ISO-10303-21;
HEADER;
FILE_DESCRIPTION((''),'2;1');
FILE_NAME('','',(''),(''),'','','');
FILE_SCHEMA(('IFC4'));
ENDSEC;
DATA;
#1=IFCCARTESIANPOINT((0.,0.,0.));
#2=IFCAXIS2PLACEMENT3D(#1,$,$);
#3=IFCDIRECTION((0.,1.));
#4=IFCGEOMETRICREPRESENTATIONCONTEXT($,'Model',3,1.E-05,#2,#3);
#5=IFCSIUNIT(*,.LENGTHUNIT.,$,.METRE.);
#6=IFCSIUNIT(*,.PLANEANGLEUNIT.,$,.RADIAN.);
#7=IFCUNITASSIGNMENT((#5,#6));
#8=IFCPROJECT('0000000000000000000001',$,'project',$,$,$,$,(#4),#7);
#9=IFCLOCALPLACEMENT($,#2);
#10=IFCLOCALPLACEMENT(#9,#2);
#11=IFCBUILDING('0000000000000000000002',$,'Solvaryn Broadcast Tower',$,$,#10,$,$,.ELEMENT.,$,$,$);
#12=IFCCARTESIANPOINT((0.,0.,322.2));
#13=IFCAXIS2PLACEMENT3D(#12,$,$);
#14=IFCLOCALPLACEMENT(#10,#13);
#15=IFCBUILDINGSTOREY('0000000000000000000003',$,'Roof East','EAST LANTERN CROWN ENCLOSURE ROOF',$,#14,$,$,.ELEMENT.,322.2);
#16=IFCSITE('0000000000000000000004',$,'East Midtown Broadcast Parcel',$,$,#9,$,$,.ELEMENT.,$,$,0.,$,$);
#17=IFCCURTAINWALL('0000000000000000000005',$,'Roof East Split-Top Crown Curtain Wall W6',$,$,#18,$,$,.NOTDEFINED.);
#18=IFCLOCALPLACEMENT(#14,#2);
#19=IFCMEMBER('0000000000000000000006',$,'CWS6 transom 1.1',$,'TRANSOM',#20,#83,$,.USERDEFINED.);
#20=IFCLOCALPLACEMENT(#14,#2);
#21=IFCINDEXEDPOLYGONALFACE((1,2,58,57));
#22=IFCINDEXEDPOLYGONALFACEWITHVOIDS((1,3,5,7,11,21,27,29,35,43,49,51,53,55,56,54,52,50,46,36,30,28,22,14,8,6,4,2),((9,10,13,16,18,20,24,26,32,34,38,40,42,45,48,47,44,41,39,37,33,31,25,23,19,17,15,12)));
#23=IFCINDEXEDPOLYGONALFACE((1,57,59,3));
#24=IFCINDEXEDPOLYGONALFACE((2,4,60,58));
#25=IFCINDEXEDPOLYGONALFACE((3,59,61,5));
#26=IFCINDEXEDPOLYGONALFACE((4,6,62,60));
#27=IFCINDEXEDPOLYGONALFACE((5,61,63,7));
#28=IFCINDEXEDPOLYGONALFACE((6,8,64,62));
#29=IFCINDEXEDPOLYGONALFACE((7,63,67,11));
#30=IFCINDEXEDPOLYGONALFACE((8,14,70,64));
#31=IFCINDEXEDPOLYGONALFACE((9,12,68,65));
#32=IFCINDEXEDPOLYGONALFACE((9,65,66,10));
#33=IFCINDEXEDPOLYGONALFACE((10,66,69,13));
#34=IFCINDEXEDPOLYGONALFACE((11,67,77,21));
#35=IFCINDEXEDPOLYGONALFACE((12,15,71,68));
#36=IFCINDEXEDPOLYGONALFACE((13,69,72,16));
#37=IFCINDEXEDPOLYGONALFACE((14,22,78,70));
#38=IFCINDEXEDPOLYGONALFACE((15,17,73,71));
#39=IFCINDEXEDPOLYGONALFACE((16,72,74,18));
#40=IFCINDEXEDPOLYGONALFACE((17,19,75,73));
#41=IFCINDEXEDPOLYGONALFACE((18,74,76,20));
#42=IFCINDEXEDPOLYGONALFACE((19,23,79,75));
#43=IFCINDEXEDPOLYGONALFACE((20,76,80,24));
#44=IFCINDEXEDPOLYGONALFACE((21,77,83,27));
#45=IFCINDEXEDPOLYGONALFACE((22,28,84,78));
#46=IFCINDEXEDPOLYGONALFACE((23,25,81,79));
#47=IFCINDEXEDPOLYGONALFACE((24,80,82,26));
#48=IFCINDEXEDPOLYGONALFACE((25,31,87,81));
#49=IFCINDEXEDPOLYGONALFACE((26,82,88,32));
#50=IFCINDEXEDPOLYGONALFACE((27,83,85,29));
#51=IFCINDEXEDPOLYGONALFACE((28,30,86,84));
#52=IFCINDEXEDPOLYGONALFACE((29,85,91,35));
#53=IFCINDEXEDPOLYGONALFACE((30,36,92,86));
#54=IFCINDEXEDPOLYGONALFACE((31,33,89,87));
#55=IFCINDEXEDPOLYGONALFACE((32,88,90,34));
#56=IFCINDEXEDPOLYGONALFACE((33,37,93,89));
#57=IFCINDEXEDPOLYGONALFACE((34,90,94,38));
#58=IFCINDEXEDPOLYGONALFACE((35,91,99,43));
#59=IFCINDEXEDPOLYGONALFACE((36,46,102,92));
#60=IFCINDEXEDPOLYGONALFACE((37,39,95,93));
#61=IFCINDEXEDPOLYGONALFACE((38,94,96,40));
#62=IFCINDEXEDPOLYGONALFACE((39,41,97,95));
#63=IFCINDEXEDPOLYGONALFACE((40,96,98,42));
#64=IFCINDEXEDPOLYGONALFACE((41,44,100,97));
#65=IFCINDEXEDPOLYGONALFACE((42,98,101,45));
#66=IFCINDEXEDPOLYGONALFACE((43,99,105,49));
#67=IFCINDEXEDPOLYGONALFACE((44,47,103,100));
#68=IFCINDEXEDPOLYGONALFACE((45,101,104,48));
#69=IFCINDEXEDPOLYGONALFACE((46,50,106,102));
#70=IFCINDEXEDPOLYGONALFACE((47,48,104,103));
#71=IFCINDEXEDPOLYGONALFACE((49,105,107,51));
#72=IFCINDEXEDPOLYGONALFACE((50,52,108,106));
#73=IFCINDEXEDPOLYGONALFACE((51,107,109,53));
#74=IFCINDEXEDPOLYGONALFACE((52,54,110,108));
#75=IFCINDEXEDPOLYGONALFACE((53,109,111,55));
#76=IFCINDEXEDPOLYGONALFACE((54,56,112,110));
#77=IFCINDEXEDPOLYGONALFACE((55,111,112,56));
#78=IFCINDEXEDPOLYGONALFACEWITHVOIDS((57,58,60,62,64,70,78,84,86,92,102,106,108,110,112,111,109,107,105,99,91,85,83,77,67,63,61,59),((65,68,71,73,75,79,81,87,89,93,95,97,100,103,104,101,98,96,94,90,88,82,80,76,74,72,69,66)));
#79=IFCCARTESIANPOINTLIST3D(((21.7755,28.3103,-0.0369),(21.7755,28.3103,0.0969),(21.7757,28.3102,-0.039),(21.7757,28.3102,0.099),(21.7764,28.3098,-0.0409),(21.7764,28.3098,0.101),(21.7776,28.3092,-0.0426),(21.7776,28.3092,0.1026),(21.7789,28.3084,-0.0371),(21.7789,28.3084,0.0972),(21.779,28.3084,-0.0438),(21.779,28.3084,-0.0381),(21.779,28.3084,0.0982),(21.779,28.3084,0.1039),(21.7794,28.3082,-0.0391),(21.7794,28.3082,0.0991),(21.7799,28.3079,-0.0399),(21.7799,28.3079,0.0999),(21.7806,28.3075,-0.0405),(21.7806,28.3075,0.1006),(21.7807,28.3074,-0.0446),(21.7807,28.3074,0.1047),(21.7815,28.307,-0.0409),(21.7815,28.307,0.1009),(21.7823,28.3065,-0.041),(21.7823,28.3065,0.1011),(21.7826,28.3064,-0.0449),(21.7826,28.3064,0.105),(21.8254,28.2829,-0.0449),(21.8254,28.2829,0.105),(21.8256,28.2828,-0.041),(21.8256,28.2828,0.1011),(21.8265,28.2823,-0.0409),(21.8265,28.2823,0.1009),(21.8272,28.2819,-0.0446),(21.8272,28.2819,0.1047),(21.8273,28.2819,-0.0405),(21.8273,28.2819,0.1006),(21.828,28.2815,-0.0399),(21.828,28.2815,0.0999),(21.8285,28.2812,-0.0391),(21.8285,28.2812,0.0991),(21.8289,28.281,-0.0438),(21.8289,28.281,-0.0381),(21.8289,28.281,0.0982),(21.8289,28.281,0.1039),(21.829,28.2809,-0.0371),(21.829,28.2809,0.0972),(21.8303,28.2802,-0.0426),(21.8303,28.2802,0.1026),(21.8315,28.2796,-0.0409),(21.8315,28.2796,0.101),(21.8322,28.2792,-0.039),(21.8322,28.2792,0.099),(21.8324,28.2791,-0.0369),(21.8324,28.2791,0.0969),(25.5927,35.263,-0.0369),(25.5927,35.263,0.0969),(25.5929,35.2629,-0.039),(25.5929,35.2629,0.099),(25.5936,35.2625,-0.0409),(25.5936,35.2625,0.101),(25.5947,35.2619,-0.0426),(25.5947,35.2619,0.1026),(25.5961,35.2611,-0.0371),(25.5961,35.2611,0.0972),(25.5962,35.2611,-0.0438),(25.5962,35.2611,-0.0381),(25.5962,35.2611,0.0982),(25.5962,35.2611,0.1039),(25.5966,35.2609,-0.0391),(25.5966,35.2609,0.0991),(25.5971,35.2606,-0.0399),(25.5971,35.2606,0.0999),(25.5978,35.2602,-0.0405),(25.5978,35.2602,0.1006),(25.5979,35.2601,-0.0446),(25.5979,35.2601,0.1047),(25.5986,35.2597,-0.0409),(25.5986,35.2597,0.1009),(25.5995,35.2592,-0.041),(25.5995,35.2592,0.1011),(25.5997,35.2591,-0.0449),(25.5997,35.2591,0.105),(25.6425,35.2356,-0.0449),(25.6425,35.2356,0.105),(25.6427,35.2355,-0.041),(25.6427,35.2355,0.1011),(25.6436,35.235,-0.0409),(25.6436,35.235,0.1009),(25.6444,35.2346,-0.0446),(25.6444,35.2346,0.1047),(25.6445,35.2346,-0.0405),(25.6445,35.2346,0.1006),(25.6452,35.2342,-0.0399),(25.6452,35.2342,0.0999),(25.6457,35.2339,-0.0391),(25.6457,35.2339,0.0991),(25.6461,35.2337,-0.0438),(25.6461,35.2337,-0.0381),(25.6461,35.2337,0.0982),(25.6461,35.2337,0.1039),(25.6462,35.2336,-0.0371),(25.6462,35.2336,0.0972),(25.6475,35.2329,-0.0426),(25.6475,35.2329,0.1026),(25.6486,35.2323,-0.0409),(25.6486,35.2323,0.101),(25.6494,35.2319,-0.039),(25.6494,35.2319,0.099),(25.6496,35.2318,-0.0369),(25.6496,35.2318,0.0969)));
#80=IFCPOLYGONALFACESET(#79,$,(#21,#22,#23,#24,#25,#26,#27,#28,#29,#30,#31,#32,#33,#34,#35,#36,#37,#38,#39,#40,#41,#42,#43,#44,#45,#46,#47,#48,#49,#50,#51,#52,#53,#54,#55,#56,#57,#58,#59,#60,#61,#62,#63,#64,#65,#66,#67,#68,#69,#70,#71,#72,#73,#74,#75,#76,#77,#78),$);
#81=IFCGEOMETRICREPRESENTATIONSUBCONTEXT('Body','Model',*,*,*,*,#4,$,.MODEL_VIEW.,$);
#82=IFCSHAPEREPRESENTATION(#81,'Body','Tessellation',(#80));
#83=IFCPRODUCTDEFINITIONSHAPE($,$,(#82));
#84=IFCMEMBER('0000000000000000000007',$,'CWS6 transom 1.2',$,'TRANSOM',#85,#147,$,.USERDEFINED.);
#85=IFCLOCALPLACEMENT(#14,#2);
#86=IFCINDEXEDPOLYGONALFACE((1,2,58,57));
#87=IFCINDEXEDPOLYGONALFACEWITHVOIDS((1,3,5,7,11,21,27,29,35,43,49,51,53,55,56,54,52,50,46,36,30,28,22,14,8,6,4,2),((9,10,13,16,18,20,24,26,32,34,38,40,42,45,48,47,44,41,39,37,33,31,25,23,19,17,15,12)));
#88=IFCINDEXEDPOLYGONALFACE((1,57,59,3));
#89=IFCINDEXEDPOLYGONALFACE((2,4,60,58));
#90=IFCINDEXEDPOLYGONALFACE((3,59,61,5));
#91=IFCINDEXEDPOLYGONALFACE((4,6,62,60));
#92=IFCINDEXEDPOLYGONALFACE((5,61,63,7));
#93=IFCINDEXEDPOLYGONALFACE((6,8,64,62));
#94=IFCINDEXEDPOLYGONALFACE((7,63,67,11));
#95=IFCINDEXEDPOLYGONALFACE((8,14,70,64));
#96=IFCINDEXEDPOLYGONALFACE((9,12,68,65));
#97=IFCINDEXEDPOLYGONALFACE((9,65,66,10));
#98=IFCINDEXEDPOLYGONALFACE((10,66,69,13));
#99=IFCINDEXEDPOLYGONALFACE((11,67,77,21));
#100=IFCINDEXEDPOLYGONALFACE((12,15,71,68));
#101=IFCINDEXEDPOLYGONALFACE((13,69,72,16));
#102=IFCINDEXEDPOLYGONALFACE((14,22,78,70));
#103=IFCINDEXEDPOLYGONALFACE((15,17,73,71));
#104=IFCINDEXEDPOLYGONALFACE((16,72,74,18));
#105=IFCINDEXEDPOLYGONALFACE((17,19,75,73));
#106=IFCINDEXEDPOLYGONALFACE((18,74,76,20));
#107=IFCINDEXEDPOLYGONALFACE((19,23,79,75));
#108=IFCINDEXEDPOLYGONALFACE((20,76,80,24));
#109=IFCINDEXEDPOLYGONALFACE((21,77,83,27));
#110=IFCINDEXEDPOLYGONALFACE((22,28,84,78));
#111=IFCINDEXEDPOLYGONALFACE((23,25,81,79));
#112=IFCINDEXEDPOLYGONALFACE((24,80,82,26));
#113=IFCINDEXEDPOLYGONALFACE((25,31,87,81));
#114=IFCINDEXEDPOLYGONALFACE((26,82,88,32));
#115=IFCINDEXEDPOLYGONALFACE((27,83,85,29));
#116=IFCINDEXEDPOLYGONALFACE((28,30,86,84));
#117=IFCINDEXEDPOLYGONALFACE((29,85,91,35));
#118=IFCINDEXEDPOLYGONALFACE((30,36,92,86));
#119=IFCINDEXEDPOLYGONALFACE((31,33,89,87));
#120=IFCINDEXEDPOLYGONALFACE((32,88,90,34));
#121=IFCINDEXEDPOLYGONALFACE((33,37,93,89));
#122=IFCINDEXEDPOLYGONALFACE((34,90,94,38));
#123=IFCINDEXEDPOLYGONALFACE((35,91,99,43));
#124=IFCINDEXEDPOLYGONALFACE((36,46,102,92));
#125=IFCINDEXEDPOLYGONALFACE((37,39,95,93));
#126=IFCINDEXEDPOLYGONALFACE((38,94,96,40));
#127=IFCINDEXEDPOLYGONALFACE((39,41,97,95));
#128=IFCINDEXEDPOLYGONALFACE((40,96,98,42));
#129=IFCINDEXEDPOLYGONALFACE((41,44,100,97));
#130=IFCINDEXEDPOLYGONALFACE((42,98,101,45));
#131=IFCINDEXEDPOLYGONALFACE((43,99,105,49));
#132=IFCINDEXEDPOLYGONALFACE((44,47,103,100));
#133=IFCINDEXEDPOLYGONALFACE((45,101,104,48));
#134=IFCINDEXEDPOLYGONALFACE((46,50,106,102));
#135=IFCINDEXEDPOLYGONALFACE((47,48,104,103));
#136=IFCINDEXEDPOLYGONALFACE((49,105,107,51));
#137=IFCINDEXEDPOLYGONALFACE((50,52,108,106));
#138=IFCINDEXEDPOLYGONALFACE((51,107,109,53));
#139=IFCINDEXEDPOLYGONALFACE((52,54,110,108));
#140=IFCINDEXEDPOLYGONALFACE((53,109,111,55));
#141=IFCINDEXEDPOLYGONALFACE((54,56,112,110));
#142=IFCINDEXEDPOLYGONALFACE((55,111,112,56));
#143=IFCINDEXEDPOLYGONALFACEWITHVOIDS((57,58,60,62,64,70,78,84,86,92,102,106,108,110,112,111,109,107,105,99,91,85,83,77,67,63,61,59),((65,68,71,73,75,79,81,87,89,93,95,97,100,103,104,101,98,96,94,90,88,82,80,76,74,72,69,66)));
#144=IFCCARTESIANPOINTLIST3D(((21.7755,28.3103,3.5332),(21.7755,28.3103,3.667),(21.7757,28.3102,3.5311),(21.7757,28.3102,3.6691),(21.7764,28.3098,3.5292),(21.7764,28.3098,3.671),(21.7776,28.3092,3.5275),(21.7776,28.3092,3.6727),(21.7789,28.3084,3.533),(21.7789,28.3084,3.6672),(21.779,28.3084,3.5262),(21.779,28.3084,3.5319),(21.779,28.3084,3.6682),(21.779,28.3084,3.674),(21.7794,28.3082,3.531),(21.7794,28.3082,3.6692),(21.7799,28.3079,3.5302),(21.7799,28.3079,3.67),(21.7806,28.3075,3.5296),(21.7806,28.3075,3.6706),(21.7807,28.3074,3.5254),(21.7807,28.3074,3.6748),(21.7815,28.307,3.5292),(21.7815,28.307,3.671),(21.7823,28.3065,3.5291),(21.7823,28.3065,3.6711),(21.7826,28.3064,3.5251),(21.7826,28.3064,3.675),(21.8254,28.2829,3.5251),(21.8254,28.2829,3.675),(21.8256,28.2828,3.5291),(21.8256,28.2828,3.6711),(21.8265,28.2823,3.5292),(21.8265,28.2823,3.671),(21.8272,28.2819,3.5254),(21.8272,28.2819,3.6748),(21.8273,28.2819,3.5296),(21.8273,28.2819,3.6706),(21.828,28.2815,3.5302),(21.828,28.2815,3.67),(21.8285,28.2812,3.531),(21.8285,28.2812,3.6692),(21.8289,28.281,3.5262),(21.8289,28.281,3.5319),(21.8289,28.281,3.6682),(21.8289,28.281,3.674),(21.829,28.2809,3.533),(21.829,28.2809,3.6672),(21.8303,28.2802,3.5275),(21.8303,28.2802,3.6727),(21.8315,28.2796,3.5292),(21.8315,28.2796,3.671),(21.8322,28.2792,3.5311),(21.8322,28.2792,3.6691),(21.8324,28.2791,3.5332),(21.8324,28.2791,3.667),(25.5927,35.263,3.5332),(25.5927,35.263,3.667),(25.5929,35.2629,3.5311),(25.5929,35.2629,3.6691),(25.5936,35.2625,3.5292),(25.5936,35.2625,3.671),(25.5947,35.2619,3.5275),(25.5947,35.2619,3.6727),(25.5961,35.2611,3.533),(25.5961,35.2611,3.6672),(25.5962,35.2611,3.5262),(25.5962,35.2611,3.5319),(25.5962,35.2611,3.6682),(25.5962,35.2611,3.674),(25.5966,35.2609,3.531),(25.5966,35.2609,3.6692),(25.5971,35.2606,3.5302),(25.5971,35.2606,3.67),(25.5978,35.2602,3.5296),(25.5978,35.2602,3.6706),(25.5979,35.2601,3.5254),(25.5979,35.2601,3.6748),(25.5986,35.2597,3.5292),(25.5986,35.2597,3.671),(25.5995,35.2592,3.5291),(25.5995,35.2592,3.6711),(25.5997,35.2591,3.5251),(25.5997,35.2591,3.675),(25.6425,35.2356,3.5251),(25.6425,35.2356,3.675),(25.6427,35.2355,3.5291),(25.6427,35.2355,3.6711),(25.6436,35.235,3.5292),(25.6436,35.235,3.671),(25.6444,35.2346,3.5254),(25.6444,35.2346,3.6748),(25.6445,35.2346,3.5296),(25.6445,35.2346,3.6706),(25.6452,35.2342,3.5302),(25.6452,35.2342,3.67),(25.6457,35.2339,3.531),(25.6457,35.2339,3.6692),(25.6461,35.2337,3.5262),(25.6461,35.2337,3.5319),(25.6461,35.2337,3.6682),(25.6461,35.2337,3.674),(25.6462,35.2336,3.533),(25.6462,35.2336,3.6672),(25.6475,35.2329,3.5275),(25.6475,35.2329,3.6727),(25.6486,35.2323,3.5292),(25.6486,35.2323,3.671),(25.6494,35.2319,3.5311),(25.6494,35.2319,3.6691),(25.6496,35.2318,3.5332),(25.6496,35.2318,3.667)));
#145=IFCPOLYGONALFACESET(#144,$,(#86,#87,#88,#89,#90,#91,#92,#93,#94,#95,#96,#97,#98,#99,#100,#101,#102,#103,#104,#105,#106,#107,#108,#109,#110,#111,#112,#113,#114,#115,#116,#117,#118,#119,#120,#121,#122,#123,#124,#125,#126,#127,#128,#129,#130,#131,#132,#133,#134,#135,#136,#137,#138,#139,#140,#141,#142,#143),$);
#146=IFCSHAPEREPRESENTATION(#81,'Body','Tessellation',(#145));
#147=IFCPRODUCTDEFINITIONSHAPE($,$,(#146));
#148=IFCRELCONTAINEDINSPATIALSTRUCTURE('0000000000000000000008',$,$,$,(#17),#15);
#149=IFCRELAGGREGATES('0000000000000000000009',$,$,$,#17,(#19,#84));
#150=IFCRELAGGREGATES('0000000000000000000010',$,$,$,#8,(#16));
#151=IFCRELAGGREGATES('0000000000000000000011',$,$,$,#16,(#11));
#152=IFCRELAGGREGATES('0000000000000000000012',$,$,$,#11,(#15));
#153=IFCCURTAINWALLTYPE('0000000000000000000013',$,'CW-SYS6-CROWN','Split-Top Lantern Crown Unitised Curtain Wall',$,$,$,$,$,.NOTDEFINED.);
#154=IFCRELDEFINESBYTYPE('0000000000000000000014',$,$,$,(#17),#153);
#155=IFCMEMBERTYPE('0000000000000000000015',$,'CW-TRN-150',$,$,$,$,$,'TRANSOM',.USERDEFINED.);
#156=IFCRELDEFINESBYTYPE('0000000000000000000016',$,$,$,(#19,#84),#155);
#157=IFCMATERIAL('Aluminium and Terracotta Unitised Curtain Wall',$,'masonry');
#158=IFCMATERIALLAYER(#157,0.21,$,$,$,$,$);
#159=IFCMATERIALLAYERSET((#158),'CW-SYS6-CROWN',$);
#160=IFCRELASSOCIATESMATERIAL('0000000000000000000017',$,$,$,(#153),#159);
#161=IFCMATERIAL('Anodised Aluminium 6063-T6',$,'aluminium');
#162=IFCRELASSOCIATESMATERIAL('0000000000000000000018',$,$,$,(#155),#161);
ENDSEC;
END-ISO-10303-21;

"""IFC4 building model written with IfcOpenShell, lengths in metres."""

from ifc_helpers import new_model, si_unit, direction, frame, origin, origin_2d, place, context, subcontext, project, spatial, hollow_rectangle, extrude, material, layer, layer_set, material_profile, profile_set, type_object, element, aggregate, save


model = new_model("IFC4")

# Units and contexts
model_context = context("Model", 3, precision=1e-05, world=origin(), true_north=direction((0.0, 1.0)))
body_context = subcontext(model_context, "Body", "Model", "MODEL_VIEW")
ifc_project = project(units=[si_unit("LENGTHUNIT", "METRE"), si_unit("PLANEANGLEUNIT", "RADIAN")], contexts=[model_context])

# Site, building, storey
site_placement = place(None, origin())
site = spatial("IfcSite", under=ifc_project, at=site_placement, Name="East Midtown Broadcast Parcel", CompositionType="ELEMENT", RefElevation=0.0)
building_placement = place(site_placement, origin())
building = spatial("IfcBuilding", under=site, at=building_placement, Name="Solvaryn Broadcast Tower", CompositionType="ELEMENT")
storey_placement = place(building_placement, frame((0.0, 0.0, 322.2)))
storey = spatial("IfcBuildingStorey", under=building, at=storey_placement, Name="Roof East", Description="EAST LANTERN CROWN ENCLOSURE ROOF", CompositionType="ELEMENT", Elevation=322.2)

# Shared definitions
ifc_material_1 = material(Name="Aluminium and Terracotta Unitised Curtain Wall", Category="masonry")
ifc_layer_1 = layer(ifc_material_1, 0.21)
ifc_layer_set_1 = layer_set([ifc_layer_1], Name="CW-SYS6-CROWN")
curtain_wall_type = type_object("IfcCurtainWallType", Name="CW-SYS6-CROWN", Description="Split-Top Lantern Crown Unitised Curtain Wall", PredefinedType="NOTDEFINED", material=ifc_layer_set_1)

# Curtain wall, members
curtain_wall_1_placement = place(storey_placement, origin())
curtain_wall_1 = element("IfcCurtainWall", 1, at=curtain_wall_1_placement, inside=storey, type_object=curtain_wall_type, Name="Roof East Split-Top Crown Curtain Wall W6", PredefinedType="NOTDEFINED")
ifc_material_2 = material(Name="Anodised Aluminium 6063-T6", Category="aluminium")
ifc_material_profile_1 = material_profile(ifc_material_2, hollow_rectangle(XDim=0.0649, YDim=0.1499, WallThickness=0.0039, InnerFilletRadius=0.0039, OuterFilletRadius=0.0081, at=origin_2d()))
ifc_profile_set_1 = profile_set([ifc_material_profile_1], Name="Anodised Aluminium 6063-T6")
member_type_1 = type_object("IfcMemberType", Name="CW-TRN-150", ElementType="TRANSOM", PredefinedType="USERDEFINED", material=ifc_profile_set_1)
member_1_placement = place(storey_placement, frame((21.804, 28.2947, 0.03), z_axis=(0.481259, 0.876578, 0.0), x_axis=(-0.876578, 0.481259, 0.0)))
member_1 = element("IfcMember", 2, at=member_1_placement, type_object=member_type_1, Name="CWS6 transom 1.1", ObjectType="TRANSOM", PredefinedType="USERDEFINED", context=body_context, shape_type="SweptSolid", body=[
    extrude(hollow_rectangle(XDim=0.0649, YDim=0.1499, WallThickness=0.0039, InnerFilletRadius=0.0039, OuterFilletRadius=0.0081, at=origin_2d()), origin(), (0.0, 0.0, 1.0), 7.9316),
])
member_2_placement = place(storey_placement, frame((21.804, 28.2947, 3.6001), z_axis=(0.481259, 0.876578, 0.0), x_axis=(-0.876578, 0.481259, 0.0)))
member_2 = element("IfcMember", 3, at=member_2_placement, type_object=member_type_1, Name="CWS6 transom 1.2", ObjectType="TRANSOM", PredefinedType="USERDEFINED", context=body_context, shape_type="SweptSolid", body=[
    extrude(hollow_rectangle(XDim=0.0649, YDim=0.1499, WallThickness=0.0039, InnerFilletRadius=0.0039, OuterFilletRadius=0.0081, at=origin_2d()), origin(), (0.0, 0.0, 1.0), 7.9316),
])

aggregate(curtain_wall_1, [member_1, member_2])

save(model, "model.ifc")
